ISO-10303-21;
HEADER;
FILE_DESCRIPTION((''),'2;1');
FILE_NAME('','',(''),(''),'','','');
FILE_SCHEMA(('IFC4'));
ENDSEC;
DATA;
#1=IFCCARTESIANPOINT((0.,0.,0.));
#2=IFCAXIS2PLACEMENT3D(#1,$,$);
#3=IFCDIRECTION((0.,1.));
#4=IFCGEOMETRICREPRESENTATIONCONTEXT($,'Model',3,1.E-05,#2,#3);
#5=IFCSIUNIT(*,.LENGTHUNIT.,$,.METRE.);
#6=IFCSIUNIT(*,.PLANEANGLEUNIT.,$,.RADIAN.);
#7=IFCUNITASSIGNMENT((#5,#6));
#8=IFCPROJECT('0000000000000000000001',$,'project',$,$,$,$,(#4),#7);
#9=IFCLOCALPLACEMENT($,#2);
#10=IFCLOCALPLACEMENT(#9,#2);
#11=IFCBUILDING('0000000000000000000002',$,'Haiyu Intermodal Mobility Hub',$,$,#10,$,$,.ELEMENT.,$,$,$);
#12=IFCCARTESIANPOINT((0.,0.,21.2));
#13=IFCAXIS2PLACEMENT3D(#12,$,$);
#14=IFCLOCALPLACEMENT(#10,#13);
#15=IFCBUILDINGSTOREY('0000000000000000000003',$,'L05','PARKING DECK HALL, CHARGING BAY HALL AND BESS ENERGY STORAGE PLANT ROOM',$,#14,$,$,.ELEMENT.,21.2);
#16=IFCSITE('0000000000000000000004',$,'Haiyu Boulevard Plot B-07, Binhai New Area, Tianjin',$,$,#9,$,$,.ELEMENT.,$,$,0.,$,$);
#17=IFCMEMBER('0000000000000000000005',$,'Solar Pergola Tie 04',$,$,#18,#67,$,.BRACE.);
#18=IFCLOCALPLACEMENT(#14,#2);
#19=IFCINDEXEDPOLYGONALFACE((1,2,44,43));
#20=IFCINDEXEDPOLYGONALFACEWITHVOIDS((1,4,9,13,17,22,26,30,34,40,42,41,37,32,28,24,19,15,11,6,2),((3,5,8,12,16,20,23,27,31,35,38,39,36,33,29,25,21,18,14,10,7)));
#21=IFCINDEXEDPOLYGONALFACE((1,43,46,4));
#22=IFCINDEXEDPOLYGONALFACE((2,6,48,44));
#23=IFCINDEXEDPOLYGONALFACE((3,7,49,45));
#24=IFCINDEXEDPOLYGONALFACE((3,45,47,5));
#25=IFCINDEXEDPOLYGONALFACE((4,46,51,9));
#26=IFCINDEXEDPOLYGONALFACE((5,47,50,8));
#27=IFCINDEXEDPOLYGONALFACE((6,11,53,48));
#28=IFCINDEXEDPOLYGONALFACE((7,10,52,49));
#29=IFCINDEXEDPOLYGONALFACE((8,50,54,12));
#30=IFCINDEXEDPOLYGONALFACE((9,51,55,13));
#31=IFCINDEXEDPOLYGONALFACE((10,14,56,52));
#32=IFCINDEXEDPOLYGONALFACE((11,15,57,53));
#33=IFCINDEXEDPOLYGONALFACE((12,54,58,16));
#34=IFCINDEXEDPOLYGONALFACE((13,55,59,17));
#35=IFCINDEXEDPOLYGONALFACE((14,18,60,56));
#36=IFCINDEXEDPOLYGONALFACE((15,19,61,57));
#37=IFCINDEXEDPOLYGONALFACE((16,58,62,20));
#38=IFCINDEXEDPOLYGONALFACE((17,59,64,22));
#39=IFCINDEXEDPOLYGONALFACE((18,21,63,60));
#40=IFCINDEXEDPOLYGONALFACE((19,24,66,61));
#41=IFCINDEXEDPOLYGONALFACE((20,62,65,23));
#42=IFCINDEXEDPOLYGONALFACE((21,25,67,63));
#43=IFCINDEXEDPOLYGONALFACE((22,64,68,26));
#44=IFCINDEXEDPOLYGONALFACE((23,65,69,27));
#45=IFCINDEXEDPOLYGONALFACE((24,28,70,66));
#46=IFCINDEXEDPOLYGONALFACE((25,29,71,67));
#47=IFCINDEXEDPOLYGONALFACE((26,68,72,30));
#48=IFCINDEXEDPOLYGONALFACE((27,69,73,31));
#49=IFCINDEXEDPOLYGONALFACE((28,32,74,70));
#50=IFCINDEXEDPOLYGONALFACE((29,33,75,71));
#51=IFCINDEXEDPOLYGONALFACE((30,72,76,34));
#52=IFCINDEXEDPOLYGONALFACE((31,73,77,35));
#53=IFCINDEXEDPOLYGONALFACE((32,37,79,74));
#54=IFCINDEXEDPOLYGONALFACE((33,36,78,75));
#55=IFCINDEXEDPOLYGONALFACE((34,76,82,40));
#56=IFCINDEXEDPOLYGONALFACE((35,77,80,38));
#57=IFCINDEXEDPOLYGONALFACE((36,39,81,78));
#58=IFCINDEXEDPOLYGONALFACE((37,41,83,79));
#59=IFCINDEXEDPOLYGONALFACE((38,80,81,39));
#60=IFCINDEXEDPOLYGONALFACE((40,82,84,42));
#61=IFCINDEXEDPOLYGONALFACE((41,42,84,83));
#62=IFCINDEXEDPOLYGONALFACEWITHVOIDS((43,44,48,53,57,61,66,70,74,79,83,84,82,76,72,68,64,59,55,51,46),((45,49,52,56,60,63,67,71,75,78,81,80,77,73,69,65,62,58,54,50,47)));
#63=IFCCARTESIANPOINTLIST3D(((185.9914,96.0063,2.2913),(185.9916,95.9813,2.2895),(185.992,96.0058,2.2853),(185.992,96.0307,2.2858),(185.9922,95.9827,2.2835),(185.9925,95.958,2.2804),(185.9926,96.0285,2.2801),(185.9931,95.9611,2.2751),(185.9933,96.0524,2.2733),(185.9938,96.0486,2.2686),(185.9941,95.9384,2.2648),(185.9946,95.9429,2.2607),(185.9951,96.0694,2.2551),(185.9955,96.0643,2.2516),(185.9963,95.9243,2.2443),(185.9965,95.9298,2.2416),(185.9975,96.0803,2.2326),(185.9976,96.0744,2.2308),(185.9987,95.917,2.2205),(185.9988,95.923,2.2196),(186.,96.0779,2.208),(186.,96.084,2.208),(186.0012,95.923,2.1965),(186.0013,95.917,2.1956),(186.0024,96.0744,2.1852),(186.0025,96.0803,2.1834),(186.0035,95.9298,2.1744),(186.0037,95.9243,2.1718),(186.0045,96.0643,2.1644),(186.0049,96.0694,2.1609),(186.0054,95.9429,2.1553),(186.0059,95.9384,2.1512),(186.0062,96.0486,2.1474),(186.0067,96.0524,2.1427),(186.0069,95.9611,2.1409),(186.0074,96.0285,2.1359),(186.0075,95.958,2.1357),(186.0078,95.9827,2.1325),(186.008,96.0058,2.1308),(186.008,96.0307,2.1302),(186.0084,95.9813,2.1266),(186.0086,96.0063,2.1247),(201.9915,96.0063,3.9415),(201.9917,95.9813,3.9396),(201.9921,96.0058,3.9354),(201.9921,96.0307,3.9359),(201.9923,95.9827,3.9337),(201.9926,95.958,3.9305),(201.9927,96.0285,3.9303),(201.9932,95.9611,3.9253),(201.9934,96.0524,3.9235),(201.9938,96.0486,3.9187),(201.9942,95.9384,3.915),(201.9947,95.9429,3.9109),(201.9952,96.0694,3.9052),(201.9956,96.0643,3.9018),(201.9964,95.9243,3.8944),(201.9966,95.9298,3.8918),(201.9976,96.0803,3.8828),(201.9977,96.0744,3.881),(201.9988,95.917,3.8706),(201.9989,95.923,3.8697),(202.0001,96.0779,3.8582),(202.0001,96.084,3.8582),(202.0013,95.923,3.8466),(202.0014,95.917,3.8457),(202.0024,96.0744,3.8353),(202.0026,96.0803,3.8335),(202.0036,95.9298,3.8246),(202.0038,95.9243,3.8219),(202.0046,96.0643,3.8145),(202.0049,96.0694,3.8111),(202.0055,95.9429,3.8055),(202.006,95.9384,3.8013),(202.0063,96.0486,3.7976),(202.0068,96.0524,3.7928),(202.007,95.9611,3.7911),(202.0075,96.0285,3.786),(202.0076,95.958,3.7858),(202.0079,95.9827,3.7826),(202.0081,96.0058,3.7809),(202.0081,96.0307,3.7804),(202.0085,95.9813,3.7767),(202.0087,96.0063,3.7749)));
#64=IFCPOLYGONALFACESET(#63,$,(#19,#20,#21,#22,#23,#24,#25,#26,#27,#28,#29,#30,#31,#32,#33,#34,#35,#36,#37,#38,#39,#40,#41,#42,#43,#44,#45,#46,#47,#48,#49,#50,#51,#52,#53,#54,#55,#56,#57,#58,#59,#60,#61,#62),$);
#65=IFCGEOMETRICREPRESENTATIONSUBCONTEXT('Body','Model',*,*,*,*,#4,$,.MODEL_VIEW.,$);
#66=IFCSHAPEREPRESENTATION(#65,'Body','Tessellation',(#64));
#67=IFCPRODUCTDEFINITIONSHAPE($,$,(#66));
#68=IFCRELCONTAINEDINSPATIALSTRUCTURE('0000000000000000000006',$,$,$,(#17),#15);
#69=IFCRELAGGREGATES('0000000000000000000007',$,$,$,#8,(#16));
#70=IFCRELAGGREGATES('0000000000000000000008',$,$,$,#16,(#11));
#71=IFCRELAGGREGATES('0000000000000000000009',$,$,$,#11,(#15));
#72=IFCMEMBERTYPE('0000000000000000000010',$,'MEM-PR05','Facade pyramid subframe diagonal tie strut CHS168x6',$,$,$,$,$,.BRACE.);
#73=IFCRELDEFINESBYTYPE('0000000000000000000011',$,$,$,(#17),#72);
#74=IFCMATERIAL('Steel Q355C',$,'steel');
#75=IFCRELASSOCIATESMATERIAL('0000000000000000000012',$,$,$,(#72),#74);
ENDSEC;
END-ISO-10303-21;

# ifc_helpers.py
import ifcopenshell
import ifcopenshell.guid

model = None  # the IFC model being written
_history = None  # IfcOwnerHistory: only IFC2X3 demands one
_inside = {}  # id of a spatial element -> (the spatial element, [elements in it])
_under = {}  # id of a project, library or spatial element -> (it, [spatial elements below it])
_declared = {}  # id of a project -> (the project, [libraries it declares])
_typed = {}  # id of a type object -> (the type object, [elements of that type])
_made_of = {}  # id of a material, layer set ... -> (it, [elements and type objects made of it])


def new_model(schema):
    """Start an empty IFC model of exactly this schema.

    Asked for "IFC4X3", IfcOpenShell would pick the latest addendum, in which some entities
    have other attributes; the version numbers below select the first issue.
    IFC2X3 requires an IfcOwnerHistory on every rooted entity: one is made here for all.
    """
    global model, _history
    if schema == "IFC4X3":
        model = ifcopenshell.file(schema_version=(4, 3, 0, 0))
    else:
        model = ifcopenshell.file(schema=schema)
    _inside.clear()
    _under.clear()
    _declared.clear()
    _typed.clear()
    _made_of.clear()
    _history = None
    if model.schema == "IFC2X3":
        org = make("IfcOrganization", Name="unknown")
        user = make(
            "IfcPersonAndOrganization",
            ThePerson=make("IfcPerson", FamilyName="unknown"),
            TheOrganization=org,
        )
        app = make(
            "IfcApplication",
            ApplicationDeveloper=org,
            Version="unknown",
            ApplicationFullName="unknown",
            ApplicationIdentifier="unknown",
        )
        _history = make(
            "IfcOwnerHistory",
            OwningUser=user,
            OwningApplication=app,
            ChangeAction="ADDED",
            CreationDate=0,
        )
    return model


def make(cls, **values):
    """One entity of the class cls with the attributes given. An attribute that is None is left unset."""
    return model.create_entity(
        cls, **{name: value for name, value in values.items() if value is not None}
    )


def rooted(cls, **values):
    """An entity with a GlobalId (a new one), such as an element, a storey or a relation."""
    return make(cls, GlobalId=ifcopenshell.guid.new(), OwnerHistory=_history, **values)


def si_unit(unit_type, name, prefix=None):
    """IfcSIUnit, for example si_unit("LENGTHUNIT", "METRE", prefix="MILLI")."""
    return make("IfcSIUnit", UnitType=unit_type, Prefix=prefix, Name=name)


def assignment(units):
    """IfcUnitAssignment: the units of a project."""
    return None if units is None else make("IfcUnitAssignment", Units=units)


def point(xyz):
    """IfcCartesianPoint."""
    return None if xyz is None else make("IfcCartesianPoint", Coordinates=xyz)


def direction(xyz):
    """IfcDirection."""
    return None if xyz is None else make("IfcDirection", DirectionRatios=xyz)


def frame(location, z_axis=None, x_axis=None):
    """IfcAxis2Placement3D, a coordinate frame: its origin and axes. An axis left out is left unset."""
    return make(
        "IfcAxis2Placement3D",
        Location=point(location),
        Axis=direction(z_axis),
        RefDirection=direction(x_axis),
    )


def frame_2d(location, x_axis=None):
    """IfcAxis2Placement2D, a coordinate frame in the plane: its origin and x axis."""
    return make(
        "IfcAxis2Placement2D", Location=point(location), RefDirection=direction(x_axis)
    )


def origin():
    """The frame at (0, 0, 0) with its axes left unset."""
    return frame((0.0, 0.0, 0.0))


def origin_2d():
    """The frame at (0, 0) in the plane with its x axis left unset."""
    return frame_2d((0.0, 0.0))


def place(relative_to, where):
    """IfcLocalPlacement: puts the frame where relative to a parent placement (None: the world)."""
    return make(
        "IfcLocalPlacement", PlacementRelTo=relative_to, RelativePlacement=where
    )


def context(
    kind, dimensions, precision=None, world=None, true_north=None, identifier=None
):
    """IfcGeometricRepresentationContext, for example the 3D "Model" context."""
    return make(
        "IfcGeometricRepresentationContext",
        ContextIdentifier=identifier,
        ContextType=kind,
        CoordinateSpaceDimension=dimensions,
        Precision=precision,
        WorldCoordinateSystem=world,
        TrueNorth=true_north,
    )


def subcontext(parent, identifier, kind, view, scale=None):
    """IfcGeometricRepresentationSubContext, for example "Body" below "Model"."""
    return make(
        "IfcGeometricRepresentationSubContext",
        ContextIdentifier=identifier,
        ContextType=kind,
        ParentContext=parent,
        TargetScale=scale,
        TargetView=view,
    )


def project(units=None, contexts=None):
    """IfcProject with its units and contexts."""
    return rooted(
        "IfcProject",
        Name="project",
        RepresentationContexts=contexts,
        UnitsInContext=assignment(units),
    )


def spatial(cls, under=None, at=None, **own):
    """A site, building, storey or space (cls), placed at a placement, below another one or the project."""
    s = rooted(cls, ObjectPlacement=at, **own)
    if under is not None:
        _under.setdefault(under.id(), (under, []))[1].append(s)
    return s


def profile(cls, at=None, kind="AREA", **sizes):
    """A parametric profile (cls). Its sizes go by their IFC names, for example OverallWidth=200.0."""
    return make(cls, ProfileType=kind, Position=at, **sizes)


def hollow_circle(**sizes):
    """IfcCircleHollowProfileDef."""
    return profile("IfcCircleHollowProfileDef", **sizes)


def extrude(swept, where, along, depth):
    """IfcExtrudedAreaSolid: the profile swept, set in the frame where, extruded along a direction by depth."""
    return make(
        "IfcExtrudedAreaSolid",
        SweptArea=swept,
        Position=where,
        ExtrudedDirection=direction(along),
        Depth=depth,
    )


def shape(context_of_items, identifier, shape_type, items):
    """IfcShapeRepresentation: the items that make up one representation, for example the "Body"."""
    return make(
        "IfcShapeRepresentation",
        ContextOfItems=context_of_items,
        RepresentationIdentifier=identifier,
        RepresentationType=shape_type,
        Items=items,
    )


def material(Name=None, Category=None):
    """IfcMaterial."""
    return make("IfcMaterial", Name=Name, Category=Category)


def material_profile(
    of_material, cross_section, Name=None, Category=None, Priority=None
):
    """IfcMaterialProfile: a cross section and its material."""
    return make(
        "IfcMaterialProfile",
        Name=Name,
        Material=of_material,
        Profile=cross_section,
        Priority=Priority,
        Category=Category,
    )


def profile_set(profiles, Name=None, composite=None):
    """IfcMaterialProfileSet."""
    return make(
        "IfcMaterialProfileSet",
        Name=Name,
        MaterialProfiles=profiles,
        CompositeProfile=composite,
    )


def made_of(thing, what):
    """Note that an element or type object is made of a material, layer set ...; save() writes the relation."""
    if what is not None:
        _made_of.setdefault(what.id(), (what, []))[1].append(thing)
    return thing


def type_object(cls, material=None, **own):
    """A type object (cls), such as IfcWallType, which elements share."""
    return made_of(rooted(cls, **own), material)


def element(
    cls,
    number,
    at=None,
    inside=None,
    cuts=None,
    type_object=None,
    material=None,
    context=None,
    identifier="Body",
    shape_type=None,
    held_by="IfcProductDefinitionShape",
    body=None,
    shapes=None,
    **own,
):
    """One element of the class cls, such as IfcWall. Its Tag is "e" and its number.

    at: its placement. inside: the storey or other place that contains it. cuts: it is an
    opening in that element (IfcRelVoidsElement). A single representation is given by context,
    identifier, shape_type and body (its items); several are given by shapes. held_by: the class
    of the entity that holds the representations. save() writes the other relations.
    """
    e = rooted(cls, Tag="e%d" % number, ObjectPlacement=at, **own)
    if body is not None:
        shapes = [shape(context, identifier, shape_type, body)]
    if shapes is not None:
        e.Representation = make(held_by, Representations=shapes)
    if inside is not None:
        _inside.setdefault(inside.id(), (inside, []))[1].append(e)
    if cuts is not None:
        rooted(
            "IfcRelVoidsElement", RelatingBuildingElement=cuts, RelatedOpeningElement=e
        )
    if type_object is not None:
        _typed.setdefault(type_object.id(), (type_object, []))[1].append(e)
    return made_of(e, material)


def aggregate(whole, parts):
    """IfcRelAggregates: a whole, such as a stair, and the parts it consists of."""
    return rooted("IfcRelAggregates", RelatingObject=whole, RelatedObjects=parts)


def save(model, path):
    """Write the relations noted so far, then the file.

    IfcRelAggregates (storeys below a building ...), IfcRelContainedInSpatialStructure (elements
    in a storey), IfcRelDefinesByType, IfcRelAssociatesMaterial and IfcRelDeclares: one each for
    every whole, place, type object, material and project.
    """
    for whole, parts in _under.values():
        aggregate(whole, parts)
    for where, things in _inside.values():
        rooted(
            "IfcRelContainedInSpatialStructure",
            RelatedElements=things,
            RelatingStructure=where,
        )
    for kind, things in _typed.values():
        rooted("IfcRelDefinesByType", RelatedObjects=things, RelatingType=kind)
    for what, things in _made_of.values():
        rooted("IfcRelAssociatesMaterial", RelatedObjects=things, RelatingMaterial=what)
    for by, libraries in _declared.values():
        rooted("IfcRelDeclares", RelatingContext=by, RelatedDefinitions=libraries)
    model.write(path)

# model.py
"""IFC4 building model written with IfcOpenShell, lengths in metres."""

from ifc_helpers import new_model, si_unit, direction, frame, origin, origin_2d, place, context, subcontext, project, spatial, hollow_circle, extrude, material, material_profile, profile_set, type_object, element, save


model = new_model("IFC4")

# Units and contexts
model_context = context("Model", 3, precision=1e-05, world=origin(), true_north=direction((0.0, 1.0)))
body_context = subcontext(model_context, "Body", "Model", "MODEL_VIEW")
ifc_project = project(units=[si_unit("LENGTHUNIT", "METRE"), si_unit("PLANEANGLEUNIT", "RADIAN")], contexts=[model_context])

# Site, building, storey
site_placement = place(None, origin())
site = spatial("IfcSite", under=ifc_project, at=site_placement, Name="Haiyu Boulevard Plot B-07, Binhai New Area, Tianjin", CompositionType="ELEMENT", RefElevation=0.0)
building_placement = place(site_placement, origin())
building = spatial("IfcBuilding", under=site, at=building_placement, Name="Haiyu Intermodal Mobility Hub", CompositionType="ELEMENT")
storey_placement = place(building_placement, frame((0.0, 0.0, 21.2)))
storey = spatial("IfcBuildingStorey", under=building, at=storey_placement, Name="L05", Description="PARKING DECK HALL, CHARGING BAY HALL AND BESS ENERGY STORAGE PLANT ROOM", CompositionType="ELEMENT", Elevation=21.2)

# Shared definitions
ifc_material_1 = material(Name="Steel Q355C", Category="steel")

# Member
ifc_material_profile_1 = material_profile(ifc_material_1, hollow_circle(Radius=0.084, WallThickness=0.0061, at=origin_2d()), Name="CHS168x6")
ifc_profile_set_1 = profile_set([ifc_material_profile_1], Name="Steel Q355C")
member_type_1 = type_object("IfcMemberType", Name="MEM-PR05", Description="Facade pyramid subframe diagonal tie strut CHS168x6", PredefinedType="BRACE", material=ifc_profile_set_1)
member_1_placement = place(storey_placement, frame((186.0, 96.0, 2.208), z_axis=(0.994724, 0.0, 0.10259), x_axis=(0.0, 1.0, 0.0)))
element("IfcMember", 1, at=member_1_placement, inside=storey, type_object=member_type_1, Name="Solar Pergola Tie 04", PredefinedType="BRACE", context=body_context, shape_type="SweptSolid", body=[
    extrude(hollow_circle(Radius=0.084, WallThickness=0.0061, at=origin_2d()), origin(), (0.0, 0.0, 1.0), 16.085),
])

save(model, "model.ifc")
